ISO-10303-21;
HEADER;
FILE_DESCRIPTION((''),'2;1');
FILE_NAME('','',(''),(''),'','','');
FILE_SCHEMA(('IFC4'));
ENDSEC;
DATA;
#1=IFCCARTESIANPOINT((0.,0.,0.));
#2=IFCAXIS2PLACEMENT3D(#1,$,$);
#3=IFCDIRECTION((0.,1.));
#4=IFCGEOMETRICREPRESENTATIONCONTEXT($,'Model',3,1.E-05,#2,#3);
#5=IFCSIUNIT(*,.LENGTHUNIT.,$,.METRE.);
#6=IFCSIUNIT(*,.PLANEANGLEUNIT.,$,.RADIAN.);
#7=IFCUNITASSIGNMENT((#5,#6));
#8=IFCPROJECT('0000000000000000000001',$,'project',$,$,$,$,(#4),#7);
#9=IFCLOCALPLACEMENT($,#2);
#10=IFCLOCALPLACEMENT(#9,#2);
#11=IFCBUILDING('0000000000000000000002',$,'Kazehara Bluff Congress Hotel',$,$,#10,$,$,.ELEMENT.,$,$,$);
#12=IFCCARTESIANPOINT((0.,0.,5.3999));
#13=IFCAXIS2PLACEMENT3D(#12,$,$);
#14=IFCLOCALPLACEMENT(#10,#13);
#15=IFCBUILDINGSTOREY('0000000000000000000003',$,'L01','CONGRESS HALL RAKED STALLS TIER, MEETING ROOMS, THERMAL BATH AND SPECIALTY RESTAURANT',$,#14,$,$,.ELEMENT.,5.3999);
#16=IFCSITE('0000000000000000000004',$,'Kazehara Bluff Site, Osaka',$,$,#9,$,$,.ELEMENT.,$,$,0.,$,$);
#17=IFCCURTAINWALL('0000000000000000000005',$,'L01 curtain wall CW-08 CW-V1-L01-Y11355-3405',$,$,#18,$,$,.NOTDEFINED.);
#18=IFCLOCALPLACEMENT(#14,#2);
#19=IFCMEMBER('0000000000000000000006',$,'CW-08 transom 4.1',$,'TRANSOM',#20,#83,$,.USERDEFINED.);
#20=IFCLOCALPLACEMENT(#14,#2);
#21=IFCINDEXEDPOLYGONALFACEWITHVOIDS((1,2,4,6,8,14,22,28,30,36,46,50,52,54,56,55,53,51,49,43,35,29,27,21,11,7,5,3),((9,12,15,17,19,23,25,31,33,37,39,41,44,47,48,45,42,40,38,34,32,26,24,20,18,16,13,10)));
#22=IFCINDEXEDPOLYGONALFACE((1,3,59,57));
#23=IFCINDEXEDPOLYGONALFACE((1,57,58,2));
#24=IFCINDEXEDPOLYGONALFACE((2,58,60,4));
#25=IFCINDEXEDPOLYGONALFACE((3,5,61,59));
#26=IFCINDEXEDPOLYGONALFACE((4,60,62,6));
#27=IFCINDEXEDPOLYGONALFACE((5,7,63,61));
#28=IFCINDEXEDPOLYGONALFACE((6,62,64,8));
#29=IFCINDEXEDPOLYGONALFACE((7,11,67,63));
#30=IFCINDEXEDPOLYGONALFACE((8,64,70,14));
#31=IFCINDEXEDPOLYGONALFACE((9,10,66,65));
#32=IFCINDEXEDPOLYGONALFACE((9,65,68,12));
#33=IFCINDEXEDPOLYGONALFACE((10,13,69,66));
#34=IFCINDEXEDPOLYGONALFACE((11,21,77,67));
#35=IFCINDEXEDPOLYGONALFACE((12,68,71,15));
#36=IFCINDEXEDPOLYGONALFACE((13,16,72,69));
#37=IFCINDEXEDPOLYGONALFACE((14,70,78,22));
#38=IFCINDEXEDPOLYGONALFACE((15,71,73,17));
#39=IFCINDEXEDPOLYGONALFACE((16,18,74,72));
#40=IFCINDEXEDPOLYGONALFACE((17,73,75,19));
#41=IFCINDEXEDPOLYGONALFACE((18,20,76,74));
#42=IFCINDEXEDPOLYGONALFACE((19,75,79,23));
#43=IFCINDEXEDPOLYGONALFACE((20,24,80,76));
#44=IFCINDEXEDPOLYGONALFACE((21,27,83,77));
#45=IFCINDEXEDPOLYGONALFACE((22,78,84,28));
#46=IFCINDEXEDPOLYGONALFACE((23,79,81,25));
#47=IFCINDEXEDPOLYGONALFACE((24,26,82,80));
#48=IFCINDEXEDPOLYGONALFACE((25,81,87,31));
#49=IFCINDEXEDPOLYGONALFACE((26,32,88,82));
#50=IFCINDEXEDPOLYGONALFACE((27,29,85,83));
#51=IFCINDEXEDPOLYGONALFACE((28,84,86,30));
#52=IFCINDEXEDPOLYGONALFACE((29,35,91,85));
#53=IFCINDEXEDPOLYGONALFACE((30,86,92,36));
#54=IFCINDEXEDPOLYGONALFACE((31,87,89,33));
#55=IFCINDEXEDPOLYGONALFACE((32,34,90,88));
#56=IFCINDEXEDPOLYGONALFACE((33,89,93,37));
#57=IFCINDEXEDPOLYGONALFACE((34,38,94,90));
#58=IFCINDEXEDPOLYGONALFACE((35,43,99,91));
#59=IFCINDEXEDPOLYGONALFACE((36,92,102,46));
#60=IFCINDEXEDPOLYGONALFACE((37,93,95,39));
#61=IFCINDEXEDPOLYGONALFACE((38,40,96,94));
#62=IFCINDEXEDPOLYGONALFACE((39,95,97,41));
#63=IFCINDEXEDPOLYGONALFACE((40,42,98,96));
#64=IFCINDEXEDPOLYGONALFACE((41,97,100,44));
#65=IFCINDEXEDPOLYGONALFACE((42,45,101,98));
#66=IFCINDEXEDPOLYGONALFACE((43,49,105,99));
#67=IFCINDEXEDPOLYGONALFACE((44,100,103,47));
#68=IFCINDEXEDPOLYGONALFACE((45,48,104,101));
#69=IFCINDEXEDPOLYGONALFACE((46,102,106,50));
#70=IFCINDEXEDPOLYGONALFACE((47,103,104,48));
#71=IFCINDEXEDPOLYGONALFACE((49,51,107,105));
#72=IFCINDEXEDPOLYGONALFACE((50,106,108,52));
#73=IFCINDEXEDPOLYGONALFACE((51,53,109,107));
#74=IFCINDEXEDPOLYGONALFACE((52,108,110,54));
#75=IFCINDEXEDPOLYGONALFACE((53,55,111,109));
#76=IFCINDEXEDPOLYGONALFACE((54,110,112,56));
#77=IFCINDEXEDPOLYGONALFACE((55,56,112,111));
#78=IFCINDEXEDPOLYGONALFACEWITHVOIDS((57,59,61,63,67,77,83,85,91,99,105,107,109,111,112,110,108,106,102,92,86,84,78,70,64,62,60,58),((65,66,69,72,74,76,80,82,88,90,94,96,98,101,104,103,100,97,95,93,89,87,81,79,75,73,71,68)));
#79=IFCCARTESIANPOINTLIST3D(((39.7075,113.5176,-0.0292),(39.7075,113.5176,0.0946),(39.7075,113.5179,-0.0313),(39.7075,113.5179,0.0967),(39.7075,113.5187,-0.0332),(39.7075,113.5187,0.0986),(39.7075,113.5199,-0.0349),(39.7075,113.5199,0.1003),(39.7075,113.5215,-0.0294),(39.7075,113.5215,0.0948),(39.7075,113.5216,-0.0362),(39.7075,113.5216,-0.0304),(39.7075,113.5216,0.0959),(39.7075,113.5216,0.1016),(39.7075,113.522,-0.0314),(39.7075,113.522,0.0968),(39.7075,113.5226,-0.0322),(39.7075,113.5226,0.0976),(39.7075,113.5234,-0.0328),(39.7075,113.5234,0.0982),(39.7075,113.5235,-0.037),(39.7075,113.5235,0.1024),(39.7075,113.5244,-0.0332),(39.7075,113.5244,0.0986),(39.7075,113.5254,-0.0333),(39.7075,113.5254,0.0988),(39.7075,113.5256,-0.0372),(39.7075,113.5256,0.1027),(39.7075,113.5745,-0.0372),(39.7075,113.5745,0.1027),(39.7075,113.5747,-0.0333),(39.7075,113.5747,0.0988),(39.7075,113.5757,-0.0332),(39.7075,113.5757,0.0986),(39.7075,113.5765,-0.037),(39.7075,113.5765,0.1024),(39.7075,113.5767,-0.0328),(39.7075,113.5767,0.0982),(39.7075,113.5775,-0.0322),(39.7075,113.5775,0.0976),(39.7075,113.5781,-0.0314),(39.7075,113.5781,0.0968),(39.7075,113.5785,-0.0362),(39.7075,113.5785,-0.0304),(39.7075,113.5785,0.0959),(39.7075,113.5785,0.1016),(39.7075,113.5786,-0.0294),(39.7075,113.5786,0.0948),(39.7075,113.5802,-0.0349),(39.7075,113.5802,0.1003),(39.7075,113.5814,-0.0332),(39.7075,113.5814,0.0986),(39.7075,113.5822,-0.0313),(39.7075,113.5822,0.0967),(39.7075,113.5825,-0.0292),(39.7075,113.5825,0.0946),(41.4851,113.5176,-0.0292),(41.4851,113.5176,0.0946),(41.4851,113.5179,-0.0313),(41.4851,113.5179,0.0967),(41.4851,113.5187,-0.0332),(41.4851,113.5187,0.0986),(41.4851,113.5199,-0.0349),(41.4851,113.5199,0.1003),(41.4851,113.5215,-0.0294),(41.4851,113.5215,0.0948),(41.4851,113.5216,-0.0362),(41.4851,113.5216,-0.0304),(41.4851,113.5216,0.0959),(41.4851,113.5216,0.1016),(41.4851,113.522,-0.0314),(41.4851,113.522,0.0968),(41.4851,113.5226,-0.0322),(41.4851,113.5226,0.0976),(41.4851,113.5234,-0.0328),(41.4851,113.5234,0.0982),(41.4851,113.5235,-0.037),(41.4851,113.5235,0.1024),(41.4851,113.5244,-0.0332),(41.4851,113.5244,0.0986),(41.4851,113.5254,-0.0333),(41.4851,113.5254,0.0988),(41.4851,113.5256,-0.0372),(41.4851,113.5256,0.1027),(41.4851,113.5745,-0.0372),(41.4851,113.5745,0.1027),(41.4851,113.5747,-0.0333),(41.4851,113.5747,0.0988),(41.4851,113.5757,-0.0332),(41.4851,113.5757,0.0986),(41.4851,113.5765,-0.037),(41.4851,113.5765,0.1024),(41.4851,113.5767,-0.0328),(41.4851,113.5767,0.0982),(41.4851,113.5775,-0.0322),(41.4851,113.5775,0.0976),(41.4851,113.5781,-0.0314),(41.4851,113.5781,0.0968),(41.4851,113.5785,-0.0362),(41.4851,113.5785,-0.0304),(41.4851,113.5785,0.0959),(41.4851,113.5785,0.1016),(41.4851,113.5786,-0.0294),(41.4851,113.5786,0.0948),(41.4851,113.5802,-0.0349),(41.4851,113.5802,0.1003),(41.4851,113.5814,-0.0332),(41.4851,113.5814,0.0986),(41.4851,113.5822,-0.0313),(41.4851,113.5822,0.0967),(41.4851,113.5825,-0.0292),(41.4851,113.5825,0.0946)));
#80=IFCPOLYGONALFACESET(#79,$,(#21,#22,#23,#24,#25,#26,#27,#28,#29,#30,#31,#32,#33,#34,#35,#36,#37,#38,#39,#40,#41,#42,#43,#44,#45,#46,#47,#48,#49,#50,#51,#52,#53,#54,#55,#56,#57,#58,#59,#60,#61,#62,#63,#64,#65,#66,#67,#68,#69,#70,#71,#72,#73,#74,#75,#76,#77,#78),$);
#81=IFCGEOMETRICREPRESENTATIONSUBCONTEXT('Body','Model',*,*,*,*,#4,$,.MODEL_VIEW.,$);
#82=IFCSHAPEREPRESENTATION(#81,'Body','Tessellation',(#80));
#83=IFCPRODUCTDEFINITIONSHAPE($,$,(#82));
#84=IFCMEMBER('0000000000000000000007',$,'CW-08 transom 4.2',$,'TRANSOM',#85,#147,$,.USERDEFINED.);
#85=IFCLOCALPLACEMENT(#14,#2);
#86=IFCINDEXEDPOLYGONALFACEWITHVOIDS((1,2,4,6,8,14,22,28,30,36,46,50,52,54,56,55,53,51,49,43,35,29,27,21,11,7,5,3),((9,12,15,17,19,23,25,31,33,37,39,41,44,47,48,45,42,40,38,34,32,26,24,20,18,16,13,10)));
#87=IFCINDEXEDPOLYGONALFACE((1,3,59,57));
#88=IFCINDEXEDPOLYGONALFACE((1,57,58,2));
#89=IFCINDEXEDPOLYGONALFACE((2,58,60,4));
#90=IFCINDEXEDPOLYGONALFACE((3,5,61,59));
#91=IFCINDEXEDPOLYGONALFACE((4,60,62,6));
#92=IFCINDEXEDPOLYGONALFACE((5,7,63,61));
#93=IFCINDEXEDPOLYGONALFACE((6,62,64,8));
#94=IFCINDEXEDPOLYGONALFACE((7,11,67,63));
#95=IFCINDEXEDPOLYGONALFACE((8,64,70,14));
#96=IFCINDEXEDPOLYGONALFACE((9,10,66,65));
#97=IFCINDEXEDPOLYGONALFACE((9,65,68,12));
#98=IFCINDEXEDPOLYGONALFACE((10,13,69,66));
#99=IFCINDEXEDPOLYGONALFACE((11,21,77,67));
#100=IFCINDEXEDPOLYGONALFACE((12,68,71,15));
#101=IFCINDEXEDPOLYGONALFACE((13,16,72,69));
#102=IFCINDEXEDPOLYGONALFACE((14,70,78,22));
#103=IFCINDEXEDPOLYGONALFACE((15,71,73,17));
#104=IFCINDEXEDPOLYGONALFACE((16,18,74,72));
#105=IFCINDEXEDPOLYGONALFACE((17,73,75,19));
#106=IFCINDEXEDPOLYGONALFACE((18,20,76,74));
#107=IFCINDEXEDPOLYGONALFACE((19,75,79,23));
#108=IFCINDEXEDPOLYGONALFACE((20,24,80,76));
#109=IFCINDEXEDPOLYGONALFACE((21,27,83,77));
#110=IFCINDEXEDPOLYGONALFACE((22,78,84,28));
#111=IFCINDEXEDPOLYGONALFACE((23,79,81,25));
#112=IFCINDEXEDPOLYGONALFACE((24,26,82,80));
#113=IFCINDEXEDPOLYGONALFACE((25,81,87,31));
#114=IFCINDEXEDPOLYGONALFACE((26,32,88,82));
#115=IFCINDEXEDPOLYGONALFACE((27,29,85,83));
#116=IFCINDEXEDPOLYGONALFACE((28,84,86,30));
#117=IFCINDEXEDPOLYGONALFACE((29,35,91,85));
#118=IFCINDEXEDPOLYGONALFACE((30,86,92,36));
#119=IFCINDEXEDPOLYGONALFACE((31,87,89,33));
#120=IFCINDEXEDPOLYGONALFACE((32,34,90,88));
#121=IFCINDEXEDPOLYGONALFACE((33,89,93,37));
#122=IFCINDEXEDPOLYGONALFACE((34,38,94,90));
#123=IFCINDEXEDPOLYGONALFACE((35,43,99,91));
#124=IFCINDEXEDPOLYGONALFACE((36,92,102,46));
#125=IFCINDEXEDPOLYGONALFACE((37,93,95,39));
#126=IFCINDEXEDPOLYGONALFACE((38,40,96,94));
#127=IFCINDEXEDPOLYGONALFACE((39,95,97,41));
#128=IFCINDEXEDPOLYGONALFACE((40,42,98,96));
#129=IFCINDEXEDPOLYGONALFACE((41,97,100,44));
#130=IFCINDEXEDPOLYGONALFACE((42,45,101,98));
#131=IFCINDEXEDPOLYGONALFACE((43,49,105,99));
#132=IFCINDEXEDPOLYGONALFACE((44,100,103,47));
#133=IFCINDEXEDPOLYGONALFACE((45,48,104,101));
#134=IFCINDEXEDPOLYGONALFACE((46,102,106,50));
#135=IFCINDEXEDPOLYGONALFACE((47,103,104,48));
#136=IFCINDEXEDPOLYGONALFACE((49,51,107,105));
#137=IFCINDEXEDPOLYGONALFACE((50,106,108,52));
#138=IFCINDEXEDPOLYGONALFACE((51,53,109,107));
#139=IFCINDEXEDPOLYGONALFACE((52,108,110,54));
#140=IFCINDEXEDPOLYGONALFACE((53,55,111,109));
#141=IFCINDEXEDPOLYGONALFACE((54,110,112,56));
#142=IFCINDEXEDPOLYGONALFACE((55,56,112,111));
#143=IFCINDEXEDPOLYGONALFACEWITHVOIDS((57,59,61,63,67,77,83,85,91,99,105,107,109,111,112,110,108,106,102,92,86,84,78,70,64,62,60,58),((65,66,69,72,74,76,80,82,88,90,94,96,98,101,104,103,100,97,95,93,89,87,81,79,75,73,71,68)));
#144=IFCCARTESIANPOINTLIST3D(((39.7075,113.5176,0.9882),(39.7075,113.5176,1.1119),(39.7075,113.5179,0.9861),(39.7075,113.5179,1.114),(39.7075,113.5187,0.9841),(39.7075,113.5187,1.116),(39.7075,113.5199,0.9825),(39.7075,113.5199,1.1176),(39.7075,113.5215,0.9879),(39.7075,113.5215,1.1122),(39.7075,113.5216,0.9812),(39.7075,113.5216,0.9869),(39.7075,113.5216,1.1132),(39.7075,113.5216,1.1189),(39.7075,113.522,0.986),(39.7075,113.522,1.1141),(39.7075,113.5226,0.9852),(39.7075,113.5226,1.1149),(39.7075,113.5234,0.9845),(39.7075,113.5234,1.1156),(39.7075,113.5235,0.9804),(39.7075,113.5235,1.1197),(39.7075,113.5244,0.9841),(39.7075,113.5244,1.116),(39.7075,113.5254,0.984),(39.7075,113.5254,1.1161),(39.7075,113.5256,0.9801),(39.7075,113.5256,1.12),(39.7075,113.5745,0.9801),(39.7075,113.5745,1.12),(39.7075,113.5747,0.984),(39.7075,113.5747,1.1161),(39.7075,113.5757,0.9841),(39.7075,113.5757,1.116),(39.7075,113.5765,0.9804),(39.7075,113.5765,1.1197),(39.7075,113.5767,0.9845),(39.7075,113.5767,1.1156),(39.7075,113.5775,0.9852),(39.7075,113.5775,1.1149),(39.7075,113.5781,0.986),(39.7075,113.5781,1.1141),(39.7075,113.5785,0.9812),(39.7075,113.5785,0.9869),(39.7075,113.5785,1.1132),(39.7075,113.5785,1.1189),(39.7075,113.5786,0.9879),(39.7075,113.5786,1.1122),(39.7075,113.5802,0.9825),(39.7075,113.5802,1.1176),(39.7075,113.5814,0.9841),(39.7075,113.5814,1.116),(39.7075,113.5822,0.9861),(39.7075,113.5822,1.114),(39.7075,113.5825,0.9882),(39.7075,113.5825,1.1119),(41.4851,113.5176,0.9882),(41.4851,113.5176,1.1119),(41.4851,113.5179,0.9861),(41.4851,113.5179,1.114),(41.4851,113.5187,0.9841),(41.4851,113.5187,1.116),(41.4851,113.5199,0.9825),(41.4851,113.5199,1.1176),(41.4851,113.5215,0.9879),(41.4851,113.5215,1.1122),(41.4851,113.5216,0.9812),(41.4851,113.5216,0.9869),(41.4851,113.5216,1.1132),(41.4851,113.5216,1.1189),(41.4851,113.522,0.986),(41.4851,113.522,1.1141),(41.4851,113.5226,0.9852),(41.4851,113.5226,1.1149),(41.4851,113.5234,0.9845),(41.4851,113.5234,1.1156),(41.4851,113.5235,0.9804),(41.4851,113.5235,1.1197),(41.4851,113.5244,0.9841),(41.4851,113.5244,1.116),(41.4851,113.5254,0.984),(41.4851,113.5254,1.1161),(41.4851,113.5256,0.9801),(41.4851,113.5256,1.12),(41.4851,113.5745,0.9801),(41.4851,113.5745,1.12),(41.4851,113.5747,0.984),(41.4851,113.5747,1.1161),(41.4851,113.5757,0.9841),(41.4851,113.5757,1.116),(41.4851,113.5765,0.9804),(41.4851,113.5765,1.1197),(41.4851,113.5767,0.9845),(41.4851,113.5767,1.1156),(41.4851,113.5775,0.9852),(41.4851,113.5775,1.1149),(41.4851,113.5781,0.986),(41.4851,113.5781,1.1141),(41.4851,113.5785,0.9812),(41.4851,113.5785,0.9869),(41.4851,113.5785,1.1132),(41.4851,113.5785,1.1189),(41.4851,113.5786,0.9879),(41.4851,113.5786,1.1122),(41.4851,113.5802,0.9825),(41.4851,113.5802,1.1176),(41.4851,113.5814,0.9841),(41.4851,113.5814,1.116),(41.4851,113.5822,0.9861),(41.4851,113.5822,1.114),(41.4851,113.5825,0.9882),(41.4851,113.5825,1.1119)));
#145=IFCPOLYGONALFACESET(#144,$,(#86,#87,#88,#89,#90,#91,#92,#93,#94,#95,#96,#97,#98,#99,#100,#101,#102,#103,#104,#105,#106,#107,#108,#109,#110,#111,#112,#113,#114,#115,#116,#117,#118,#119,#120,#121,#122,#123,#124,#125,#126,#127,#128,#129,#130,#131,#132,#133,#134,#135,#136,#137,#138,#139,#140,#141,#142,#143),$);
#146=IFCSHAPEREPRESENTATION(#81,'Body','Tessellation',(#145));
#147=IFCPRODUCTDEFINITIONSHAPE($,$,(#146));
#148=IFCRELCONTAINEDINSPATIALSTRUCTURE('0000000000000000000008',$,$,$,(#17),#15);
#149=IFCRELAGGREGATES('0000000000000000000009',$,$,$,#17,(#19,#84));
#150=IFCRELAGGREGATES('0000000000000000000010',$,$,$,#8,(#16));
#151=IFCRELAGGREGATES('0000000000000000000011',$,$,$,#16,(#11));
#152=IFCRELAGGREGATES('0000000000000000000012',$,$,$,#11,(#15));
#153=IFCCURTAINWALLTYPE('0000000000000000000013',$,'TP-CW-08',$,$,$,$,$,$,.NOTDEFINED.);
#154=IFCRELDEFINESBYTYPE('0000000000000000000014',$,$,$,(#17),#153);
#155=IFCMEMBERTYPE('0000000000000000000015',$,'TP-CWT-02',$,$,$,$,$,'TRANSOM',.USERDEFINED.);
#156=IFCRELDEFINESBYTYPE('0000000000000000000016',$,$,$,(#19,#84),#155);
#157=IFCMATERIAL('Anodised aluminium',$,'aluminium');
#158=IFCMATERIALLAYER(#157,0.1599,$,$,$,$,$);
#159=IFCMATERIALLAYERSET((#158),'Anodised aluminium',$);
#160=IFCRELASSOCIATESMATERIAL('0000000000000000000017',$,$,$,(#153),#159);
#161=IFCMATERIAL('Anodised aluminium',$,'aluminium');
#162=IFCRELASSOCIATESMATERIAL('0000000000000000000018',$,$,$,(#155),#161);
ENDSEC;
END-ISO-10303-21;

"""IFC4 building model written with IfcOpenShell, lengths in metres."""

from ifc_helpers import new_model, si_unit, direction, frame, origin, origin_2d, place, context, subcontext, project, spatial, hollow_rectangle, extrude, material, layer, layer_set, material_profile, profile_set, type_object, element, aggregate, save


model = new_model("IFC4")

# Units and contexts
model_context = context("Model", 3, precision=1e-05, world=origin(), true_north=direction((0.0, 1.0)))
body_context = subcontext(model_context, "Body", "Model", "MODEL_VIEW")
ifc_project = project(units=[si_unit("LENGTHUNIT", "METRE"), si_unit("PLANEANGLEUNIT", "RADIAN")], contexts=[model_context])

# Site, building, storey
site_placement = place(None, origin())
site = spatial("IfcSite", under=ifc_project, at=site_placement, Name="Kazehara Bluff Site, Osaka", CompositionType="ELEMENT", RefElevation=0.0)
building_placement = place(site_placement, origin())
building = spatial("IfcBuilding", under=site, at=building_placement, Name="Kazehara Bluff Congress Hotel", CompositionType="ELEMENT")
storey_placement = place(building_placement, frame((0.0, 0.0, 5.3999)))
storey = spatial("IfcBuildingStorey", under=building, at=storey_placement, Name="L01", Description="CONGRESS HALL RAKED STALLS TIER, MEETING ROOMS, THERMAL BATH AND SPECIALTY RESTAURANT", CompositionType="ELEMENT", Elevation=5.3999)

# Curtain wall
ifc_material_1 = material(Name="Anodised aluminium", Category="aluminium")
ifc_layer_1 = layer(ifc_material_1, 0.1599)
ifc_layer_set_1 = layer_set([ifc_layer_1], Name="Anodised aluminium")
curtain_wall_type_1 = type_object("IfcCurtainWallType", Name="TP-CW-08", PredefinedType="NOTDEFINED", material=ifc_layer_set_1)
curtain_wall_1_placement = place(storey_placement, origin())
curtain_wall_1 = element("IfcCurtainWall", 1, at=curtain_wall_1_placement, inside=storey, type_object=curtain_wall_type_1, Name="L01 curtain wall CW-08 CW-V1-L01-Y11355-3405", PredefinedType="NOTDEFINED")

# Members
ifc_material_2 = material(Name="Anodised aluminium", Category="aluminium")
ifc_material_profile_1 = material_profile(ifc_material_2, hollow_rectangle(XDim=0.0649, YDim=0.1399, WallThickness=0.0039, InnerFilletRadius=0.0039, OuterFilletRadius=0.0081, at=origin_2d()))
ifc_profile_set_1 = profile_set([ifc_material_profile_1], Name="Anodised aluminium")
member_type_1 = type_object("IfcMemberType", Name="TP-CWT-02", ElementType="TRANSOM", PredefinedType="USERDEFINED", material=ifc_profile_set_1)
member_1_placement = place(storey_placement, frame((39.7075, 113.55, 0.0327), z_axis=(1.0, 0.0, 0.0), x_axis=(0.0, 1.0, 0.0)))
member_1 = element("IfcMember", 2, at=member_1_placement, type_object=member_type_1, Name="CW-08 transom 4.1", ObjectType="TRANSOM", PredefinedType="USERDEFINED", context=body_context, shape_type="SweptSolid", body=[
    extrude(hollow_rectangle(XDim=0.0649, YDim=0.1399, WallThickness=0.0039, InnerFilletRadius=0.0039, OuterFilletRadius=0.0081, at=origin_2d()), origin(), (0.0, 0.0, 1.0), 1.7776),
])
member_2_placement = place(storey_placement, frame((39.7075, 113.55, 1.05), z_axis=(1.0, 0.0, 0.0), x_axis=(0.0, 1.0, 0.0)))
member_2 = element("IfcMember", 3, at=member_2_placement, type_object=member_type_1, Name="CW-08 transom 4.2", ObjectType="TRANSOM", PredefinedType="USERDEFINED", context=body_context, shape_type="SweptSolid", body=[
    extrude(hollow_rectangle(XDim=0.0649, YDim=0.1399, WallThickness=0.0039, InnerFilletRadius=0.0039, OuterFilletRadius=0.0081, at=origin_2d()), origin(), (0.0, 0.0, 1.0), 1.7776),
])

aggregate(curtain_wall_1, [member_1, member_2])

save(model, "model.ifc")
